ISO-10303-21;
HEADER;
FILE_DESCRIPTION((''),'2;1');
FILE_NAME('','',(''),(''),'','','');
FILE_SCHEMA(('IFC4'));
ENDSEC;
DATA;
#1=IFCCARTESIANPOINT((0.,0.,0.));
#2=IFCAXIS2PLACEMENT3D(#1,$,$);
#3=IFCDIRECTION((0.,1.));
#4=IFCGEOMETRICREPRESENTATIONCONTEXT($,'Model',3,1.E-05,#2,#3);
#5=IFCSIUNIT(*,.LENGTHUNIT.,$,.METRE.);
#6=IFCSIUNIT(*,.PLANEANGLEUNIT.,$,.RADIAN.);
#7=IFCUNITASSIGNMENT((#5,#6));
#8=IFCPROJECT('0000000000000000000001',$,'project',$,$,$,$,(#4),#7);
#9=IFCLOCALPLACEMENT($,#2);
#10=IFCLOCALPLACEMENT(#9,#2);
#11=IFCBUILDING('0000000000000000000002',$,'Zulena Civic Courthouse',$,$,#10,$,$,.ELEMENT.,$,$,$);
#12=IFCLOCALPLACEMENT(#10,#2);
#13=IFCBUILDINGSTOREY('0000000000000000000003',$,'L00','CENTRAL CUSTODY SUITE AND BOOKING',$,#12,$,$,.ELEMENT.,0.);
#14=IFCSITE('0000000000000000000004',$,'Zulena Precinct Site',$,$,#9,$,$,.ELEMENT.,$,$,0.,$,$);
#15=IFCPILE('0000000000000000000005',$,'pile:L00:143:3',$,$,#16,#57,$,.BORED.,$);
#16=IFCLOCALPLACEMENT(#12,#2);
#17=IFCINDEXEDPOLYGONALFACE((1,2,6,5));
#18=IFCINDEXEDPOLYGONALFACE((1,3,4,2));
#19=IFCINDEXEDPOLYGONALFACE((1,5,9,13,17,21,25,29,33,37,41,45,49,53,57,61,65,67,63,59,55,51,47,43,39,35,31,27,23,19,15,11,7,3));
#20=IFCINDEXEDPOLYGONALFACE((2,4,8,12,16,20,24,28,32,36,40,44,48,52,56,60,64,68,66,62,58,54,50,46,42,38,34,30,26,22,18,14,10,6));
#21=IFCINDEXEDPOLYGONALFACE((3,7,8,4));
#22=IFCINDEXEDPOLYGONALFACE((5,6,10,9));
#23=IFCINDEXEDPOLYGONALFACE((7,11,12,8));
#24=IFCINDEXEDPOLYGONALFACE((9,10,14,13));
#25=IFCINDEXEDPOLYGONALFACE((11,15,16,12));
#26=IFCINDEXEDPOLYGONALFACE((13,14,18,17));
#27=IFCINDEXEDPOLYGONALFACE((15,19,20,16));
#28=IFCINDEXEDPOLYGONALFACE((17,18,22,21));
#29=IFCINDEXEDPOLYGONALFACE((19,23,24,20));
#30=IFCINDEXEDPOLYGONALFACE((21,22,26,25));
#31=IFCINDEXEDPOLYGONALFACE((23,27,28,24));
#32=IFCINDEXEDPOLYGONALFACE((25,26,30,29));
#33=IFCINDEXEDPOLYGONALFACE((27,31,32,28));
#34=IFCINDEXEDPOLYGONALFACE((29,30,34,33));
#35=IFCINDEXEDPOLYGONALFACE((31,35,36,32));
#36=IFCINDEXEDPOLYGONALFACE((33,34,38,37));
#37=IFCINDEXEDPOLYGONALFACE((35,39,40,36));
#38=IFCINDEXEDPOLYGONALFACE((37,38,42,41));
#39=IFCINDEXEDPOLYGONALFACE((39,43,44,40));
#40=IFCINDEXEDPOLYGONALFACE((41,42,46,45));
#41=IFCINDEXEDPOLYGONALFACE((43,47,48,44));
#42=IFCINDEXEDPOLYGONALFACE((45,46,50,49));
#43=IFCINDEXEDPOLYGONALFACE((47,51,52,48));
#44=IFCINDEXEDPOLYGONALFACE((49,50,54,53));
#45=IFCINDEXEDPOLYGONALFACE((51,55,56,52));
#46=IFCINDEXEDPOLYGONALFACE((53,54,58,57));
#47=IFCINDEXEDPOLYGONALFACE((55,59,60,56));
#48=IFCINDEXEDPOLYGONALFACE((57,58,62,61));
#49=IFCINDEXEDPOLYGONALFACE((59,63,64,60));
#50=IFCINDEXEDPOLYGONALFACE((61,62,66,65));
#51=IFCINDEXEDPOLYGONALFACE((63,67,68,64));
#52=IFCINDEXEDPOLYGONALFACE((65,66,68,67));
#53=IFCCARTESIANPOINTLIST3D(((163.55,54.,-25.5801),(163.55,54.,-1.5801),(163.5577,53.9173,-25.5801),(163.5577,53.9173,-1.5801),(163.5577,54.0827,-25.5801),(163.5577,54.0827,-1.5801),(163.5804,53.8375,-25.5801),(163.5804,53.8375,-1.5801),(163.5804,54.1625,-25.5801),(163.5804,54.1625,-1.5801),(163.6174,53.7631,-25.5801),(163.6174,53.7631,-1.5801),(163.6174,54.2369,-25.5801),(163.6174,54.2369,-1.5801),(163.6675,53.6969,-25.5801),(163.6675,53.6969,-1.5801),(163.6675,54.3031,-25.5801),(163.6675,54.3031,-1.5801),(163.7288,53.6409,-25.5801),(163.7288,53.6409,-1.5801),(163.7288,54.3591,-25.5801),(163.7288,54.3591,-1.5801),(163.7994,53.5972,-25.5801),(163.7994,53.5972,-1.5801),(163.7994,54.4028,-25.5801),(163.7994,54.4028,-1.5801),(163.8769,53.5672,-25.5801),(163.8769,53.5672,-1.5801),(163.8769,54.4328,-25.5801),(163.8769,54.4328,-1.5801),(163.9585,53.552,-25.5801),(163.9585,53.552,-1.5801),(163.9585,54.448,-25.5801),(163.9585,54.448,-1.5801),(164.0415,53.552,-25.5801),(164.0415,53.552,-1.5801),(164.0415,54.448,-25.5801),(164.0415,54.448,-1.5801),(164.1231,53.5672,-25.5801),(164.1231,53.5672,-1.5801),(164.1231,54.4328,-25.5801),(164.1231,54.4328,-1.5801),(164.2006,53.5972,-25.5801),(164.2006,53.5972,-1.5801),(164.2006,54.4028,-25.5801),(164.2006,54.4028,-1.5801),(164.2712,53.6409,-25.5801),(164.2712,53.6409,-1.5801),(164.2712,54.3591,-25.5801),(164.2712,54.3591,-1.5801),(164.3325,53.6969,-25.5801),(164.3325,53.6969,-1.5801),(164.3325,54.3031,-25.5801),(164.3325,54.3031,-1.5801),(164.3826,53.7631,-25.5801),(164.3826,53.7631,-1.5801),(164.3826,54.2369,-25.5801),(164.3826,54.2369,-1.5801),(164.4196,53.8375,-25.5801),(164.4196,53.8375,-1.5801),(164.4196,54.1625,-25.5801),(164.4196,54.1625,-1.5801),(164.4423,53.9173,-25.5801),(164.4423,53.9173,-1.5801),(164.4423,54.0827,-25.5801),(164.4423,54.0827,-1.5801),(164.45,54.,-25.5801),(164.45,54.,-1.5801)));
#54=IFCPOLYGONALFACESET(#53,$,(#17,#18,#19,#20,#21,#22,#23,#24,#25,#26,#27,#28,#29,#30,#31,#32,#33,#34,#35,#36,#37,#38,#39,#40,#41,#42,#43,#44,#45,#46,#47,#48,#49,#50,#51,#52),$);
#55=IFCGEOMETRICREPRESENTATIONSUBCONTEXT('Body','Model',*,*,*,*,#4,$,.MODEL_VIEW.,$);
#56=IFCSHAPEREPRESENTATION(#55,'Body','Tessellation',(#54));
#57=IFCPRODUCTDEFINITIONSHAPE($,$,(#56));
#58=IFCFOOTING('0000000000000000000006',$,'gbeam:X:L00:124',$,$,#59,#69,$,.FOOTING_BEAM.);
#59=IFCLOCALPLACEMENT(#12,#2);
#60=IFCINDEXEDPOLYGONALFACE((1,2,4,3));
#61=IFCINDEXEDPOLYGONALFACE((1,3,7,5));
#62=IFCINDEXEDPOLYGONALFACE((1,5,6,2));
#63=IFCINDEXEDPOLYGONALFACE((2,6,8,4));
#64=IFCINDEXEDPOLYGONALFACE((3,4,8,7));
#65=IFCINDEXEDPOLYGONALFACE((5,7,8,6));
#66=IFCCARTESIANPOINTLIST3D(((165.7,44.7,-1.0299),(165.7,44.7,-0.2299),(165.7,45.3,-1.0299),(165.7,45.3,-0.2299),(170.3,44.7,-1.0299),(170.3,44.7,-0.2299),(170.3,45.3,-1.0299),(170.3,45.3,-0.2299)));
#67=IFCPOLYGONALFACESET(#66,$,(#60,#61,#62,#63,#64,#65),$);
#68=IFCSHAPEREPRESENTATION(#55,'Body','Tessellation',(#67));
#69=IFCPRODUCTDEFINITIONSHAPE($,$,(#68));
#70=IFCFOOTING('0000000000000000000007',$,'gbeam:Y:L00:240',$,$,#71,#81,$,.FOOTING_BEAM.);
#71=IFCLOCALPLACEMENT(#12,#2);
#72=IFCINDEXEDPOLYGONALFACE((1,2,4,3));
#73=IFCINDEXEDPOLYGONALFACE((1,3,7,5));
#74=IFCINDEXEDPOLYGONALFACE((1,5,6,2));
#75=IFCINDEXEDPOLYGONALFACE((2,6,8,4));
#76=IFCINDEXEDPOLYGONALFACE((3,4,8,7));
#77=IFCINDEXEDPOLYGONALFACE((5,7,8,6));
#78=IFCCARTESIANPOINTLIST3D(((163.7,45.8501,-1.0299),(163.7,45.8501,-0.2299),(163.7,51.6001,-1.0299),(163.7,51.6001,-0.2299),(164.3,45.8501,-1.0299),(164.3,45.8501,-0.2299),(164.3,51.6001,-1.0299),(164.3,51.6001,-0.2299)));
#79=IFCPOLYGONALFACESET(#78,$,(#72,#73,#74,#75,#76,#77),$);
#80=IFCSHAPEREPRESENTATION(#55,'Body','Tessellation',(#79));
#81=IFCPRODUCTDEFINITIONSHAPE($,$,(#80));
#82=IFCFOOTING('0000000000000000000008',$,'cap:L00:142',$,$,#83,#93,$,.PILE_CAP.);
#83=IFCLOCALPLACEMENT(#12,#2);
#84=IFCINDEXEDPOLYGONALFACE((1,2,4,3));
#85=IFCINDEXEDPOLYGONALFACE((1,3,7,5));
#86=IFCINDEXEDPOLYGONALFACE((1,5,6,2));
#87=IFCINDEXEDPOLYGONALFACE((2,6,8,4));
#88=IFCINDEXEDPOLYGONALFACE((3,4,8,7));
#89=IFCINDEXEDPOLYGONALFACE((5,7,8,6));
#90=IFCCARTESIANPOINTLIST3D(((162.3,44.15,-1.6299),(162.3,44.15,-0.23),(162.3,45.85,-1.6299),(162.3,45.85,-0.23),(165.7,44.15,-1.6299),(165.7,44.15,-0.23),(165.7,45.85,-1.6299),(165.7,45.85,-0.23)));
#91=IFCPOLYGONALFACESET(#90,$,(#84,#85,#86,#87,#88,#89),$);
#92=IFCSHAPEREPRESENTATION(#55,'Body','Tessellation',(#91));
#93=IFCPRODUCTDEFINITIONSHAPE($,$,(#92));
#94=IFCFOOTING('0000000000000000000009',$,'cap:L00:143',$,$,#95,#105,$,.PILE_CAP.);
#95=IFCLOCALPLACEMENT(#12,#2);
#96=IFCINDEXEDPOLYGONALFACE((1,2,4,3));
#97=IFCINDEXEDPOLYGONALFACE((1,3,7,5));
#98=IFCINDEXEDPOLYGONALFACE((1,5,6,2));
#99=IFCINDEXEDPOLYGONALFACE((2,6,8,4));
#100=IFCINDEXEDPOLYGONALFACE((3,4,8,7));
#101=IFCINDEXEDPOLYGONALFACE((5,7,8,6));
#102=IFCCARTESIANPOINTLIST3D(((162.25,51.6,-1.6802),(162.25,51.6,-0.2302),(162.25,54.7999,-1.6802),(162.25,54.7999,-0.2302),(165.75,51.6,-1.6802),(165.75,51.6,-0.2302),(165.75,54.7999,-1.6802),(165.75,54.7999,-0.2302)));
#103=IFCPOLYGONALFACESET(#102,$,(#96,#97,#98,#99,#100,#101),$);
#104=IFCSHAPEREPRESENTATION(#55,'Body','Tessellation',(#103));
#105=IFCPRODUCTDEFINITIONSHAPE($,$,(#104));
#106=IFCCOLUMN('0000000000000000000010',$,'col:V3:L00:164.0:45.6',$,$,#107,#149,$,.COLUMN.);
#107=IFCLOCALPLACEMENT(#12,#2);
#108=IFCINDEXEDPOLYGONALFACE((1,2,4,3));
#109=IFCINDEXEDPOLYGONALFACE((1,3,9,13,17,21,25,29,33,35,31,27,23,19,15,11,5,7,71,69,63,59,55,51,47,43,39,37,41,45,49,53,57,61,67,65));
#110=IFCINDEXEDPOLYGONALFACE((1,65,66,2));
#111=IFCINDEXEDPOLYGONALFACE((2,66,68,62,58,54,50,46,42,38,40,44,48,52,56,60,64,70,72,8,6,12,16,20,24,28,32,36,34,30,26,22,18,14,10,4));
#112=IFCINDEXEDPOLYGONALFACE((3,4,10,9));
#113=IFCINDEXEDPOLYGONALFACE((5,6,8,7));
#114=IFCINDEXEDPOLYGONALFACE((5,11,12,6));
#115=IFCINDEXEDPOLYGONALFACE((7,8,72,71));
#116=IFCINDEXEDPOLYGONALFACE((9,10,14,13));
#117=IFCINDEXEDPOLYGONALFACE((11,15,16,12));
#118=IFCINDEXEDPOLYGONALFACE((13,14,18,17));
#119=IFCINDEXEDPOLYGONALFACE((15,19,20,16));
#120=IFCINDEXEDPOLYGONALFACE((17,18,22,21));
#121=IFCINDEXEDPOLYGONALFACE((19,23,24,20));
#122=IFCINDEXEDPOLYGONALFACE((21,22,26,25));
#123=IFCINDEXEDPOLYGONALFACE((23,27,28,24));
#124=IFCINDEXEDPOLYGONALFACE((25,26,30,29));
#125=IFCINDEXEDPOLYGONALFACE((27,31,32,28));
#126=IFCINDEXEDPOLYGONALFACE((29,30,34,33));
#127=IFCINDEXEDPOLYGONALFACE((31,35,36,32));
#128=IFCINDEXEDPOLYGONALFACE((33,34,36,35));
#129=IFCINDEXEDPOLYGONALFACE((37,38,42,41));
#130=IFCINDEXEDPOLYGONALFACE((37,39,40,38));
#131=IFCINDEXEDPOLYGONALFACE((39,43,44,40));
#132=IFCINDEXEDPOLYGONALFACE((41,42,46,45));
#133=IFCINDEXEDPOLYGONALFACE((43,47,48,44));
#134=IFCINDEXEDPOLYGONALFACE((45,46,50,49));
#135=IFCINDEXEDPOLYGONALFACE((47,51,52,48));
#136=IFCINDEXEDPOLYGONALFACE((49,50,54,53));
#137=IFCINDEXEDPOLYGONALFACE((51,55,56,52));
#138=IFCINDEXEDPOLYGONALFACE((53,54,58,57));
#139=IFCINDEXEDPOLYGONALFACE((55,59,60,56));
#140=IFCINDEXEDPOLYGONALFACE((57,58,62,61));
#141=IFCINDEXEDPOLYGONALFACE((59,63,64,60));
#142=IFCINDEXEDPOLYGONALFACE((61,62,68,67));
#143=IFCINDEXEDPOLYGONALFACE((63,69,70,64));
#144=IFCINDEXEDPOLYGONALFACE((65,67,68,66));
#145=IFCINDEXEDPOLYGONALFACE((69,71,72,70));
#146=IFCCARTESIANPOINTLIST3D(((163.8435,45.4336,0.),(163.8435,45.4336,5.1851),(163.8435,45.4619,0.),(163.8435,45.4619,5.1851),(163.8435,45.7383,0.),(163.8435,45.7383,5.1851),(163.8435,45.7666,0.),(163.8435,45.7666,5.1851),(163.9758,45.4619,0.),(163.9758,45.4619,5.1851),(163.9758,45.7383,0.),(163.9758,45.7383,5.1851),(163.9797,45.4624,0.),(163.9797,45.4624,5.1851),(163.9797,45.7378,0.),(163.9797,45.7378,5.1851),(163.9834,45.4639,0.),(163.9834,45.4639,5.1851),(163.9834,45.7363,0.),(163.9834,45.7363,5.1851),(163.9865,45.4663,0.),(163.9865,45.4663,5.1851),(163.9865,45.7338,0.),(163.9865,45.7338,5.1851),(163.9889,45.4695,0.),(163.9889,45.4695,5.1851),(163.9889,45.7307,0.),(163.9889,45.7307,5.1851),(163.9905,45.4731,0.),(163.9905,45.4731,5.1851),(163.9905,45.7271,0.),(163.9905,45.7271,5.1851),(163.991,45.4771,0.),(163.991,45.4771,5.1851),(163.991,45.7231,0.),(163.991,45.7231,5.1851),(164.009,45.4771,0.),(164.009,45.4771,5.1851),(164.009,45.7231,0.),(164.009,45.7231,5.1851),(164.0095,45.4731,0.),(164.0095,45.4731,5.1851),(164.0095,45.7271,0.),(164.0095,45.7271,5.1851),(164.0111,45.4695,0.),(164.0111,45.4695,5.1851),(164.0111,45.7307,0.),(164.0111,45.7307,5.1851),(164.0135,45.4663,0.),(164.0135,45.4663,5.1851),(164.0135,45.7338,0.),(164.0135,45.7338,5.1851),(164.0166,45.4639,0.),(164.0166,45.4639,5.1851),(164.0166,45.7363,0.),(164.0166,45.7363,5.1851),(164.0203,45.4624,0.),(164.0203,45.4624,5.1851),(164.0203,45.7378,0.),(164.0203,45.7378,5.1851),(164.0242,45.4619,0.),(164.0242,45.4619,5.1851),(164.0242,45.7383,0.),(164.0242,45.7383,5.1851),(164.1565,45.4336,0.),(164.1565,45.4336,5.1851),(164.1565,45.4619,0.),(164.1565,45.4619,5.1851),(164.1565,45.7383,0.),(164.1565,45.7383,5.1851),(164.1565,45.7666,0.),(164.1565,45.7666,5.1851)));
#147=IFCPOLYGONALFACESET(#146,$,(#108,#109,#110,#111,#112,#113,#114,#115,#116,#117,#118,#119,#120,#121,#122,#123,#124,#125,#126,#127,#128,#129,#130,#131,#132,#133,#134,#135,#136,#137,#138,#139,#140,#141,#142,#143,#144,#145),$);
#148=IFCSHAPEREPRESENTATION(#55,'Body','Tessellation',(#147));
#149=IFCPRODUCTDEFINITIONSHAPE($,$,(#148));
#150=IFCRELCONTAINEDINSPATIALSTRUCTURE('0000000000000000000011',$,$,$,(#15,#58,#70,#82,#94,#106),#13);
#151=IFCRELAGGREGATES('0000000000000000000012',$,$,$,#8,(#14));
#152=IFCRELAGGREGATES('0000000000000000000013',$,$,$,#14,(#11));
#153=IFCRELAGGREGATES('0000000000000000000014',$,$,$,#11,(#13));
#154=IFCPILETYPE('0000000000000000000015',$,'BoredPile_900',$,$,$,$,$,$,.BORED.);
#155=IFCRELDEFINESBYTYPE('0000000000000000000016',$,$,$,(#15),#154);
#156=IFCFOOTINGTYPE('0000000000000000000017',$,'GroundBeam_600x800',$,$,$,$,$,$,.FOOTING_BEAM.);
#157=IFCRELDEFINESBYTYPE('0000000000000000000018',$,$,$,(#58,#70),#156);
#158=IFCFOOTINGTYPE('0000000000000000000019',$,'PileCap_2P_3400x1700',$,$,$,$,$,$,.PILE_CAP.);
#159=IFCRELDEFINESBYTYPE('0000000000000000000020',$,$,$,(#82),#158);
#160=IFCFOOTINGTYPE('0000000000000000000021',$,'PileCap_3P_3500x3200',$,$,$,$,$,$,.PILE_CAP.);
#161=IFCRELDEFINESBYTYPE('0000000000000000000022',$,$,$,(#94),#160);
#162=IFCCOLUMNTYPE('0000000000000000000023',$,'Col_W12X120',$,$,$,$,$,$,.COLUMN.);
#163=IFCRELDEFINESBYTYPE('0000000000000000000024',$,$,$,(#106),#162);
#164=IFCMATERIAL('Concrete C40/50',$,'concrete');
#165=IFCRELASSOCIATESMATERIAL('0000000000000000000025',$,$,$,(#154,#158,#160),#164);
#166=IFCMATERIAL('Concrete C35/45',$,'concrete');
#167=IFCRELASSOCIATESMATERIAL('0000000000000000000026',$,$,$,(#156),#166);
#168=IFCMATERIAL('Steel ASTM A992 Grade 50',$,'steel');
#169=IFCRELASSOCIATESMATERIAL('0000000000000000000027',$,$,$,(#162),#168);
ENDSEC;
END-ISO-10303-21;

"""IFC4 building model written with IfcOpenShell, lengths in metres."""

from ifc_helpers import new_model, si_unit, direction, frame, origin, origin_2d, place, context, subcontext, project, spatial, rectangle, circle, i_section, extrude, material, material_profile, profile_set, type_object, element, save


model = new_model("IFC4")

# Units and contexts
model_context = context("Model", 3, precision=1e-05, world=origin(), true_north=direction((0.0, 1.0)))
body_context = subcontext(model_context, "Body", "Model", "MODEL_VIEW")
ifc_project = project(units=[si_unit("LENGTHUNIT", "METRE"), si_unit("PLANEANGLEUNIT", "RADIAN")], contexts=[model_context])

# Site, building, storey
site_placement = place(None, origin())
site = spatial("IfcSite", under=ifc_project, at=site_placement, Name="Zulena Precinct Site", CompositionType="ELEMENT", RefElevation=0.0)
building_placement = place(site_placement, origin())
building = spatial("IfcBuilding", under=site, at=building_placement, Name="Zulena Civic Courthouse", CompositionType="ELEMENT")
storey_placement = place(building_placement, origin())
storey = spatial("IfcBuildingStorey", under=building, at=storey_placement, Name="L00", Description="CENTRAL CUSTODY SUITE AND BOOKING", CompositionType="ELEMENT", Elevation=0.0)

# Pile
ifc_material_1 = material(Name="Concrete C40/50", Category="concrete")
ifc_material_profile_1 = material_profile(ifc_material_1, circle(Radius=0.45, at=origin_2d()), Name="PILE900")
ifc_profile_set_1 = profile_set([ifc_material_profile_1], Name="Concrete C40/50")
pile_type = type_object("IfcPileType", Name="BoredPile_900", PredefinedType="BORED", material=ifc_profile_set_1)
for number, where, z_axis, x_axis, name in (
    (1, (164.0, 54.0, -1.5801), (0.0, 0.0, -1.0), (1.0, 0.0, 0.0), "pile:L00:143:3"),
):
    element("IfcPile", number, at=place(storey_placement, frame(where, z_axis=z_axis, x_axis=x_axis)), inside=storey, type_object=pile_type, Name=name, PredefinedType="BORED", context=body_context, shape_type="SweptSolid", body=[
        extrude(circle(Radius=0.45, at=origin_2d()), origin(), (0.0, 0.0, 1.0), 24.0),
    ])

# Footings
ifc_material_2 = material(Name="Concrete C35/45", Category="concrete")
ifc_material_profile_2 = material_profile(ifc_material_2, rectangle(XDim=0.6001, YDim=0.8, at=origin_2d()), Name="RC600X800")
ifc_profile_set_2 = profile_set([ifc_material_profile_2], Name="Concrete C35/45")
footing_type_1 = type_object("IfcFootingType", Name="GroundBeam_600x800", PredefinedType="FOOTING_BEAM", material=ifc_profile_set_2)
footing_1_placement = place(storey_placement, frame((165.7, 45.0, -0.6299), z_axis=(1.0, 0.0, 0.0), x_axis=(0.0, 1.0, 0.0)))
element("IfcFooting", 2, at=footing_1_placement, inside=storey, type_object=footing_type_1, Name="gbeam:X:L00:124", PredefinedType="FOOTING_BEAM", context=body_context, shape_type="SweptSolid", body=[
    extrude(rectangle(XDim=0.6001, YDim=0.8, at=origin_2d()), origin(), (0.0, 0.0, 1.0), 4.6001),
])
footing_2_placement = place(storey_placement, frame((164.0, 45.8501, -0.6299), z_axis=(0.0, 1.0, 0.0), x_axis=(-1.0, 0.0, 0.0)))
element("IfcFooting", 3, at=footing_2_placement, inside=storey, type_object=footing_type_1, Name="gbeam:Y:L00:240", PredefinedType="FOOTING_BEAM", context=body_context, shape_type="SweptSolid", body=[
    extrude(rectangle(XDim=0.6001, YDim=0.8, at=origin_2d()), origin(), (0.0, 0.0, 1.0), 5.75),
])
footing_type_2 = type_object("IfcFootingType", Name="PileCap_2P_3400x1700", PredefinedType="PILE_CAP", material=ifc_material_1)
footing_3_placement = place(storey_placement, frame((164.0, 45.0, -1.6299), z_axis=(0.0, 0.0, 1.0), x_axis=(1.0, 0.0, 0.0)))
element("IfcFooting", 4, at=footing_3_placement, inside=storey, type_object=footing_type_2, Name="cap:L00:142", PredefinedType="PILE_CAP", context=body_context, shape_type="SweptSolid", body=[
    extrude(rectangle(XDim=3.3999, YDim=1.7, at=origin_2d()), origin(), (0.0, 0.0, 1.0), 1.3999),
])
footing_type_3 = type_object("IfcFootingType", Name="PileCap_3P_3500x3200", PredefinedType="PILE_CAP", material=ifc_material_1)
footing_4_placement = place(storey_placement, frame((164.0, 53.2, -1.6802), z_axis=(0.0, 0.0, 1.0), x_axis=(1.0, 0.0, 0.0)))
element("IfcFooting", 5, at=footing_4_placement, inside=storey, type_object=footing_type_3, Name="cap:L00:143", PredefinedType="PILE_CAP", context=body_context, shape_type="SweptSolid", body=[
    extrude(rectangle(XDim=3.5, YDim=3.2, at=origin_2d()), origin(), (0.0, 0.0, 1.0), 1.45),
])

# Column
ifc_material_3 = material(Name="Steel ASTM A992 Grade 50", Category="steel")
ifc_material_profile_3 = material_profile(ifc_material_3, i_section(OverallWidth=0.313, OverallDepth=0.333, WebThickness=0.0181, FlangeThickness=0.0283, FilletRadius=0.0151, at=origin_2d()), Name="W12X120")
ifc_profile_set_3 = profile_set([ifc_material_profile_3], Name="Steel ASTM A992 Grade 50")
column_type_1 = type_object("IfcColumnType", Name="Col_W12X120", PredefinedType="COLUMN", material=ifc_profile_set_3)
column_1_placement = place(storey_placement, frame((164.0, 45.6001, 0.0), z_axis=(0.0, 0.0, 1.0), x_axis=(1.0, 0.0, 0.0)))
element("IfcColumn", 6, at=column_1_placement, inside=storey, type_object=column_type_1, Name="col:V3:L00:164.0:45.6", PredefinedType="COLUMN", context=body_context, shape_type="SweptSolid", body=[
    extrude(i_section(OverallWidth=0.313, OverallDepth=0.333, WebThickness=0.0181, FlangeThickness=0.0283, FilletRadius=0.0151, at=origin_2d()), origin(), (0.0, 0.0, 1.0), 5.1851),
])

save(model, "model.ifc")
